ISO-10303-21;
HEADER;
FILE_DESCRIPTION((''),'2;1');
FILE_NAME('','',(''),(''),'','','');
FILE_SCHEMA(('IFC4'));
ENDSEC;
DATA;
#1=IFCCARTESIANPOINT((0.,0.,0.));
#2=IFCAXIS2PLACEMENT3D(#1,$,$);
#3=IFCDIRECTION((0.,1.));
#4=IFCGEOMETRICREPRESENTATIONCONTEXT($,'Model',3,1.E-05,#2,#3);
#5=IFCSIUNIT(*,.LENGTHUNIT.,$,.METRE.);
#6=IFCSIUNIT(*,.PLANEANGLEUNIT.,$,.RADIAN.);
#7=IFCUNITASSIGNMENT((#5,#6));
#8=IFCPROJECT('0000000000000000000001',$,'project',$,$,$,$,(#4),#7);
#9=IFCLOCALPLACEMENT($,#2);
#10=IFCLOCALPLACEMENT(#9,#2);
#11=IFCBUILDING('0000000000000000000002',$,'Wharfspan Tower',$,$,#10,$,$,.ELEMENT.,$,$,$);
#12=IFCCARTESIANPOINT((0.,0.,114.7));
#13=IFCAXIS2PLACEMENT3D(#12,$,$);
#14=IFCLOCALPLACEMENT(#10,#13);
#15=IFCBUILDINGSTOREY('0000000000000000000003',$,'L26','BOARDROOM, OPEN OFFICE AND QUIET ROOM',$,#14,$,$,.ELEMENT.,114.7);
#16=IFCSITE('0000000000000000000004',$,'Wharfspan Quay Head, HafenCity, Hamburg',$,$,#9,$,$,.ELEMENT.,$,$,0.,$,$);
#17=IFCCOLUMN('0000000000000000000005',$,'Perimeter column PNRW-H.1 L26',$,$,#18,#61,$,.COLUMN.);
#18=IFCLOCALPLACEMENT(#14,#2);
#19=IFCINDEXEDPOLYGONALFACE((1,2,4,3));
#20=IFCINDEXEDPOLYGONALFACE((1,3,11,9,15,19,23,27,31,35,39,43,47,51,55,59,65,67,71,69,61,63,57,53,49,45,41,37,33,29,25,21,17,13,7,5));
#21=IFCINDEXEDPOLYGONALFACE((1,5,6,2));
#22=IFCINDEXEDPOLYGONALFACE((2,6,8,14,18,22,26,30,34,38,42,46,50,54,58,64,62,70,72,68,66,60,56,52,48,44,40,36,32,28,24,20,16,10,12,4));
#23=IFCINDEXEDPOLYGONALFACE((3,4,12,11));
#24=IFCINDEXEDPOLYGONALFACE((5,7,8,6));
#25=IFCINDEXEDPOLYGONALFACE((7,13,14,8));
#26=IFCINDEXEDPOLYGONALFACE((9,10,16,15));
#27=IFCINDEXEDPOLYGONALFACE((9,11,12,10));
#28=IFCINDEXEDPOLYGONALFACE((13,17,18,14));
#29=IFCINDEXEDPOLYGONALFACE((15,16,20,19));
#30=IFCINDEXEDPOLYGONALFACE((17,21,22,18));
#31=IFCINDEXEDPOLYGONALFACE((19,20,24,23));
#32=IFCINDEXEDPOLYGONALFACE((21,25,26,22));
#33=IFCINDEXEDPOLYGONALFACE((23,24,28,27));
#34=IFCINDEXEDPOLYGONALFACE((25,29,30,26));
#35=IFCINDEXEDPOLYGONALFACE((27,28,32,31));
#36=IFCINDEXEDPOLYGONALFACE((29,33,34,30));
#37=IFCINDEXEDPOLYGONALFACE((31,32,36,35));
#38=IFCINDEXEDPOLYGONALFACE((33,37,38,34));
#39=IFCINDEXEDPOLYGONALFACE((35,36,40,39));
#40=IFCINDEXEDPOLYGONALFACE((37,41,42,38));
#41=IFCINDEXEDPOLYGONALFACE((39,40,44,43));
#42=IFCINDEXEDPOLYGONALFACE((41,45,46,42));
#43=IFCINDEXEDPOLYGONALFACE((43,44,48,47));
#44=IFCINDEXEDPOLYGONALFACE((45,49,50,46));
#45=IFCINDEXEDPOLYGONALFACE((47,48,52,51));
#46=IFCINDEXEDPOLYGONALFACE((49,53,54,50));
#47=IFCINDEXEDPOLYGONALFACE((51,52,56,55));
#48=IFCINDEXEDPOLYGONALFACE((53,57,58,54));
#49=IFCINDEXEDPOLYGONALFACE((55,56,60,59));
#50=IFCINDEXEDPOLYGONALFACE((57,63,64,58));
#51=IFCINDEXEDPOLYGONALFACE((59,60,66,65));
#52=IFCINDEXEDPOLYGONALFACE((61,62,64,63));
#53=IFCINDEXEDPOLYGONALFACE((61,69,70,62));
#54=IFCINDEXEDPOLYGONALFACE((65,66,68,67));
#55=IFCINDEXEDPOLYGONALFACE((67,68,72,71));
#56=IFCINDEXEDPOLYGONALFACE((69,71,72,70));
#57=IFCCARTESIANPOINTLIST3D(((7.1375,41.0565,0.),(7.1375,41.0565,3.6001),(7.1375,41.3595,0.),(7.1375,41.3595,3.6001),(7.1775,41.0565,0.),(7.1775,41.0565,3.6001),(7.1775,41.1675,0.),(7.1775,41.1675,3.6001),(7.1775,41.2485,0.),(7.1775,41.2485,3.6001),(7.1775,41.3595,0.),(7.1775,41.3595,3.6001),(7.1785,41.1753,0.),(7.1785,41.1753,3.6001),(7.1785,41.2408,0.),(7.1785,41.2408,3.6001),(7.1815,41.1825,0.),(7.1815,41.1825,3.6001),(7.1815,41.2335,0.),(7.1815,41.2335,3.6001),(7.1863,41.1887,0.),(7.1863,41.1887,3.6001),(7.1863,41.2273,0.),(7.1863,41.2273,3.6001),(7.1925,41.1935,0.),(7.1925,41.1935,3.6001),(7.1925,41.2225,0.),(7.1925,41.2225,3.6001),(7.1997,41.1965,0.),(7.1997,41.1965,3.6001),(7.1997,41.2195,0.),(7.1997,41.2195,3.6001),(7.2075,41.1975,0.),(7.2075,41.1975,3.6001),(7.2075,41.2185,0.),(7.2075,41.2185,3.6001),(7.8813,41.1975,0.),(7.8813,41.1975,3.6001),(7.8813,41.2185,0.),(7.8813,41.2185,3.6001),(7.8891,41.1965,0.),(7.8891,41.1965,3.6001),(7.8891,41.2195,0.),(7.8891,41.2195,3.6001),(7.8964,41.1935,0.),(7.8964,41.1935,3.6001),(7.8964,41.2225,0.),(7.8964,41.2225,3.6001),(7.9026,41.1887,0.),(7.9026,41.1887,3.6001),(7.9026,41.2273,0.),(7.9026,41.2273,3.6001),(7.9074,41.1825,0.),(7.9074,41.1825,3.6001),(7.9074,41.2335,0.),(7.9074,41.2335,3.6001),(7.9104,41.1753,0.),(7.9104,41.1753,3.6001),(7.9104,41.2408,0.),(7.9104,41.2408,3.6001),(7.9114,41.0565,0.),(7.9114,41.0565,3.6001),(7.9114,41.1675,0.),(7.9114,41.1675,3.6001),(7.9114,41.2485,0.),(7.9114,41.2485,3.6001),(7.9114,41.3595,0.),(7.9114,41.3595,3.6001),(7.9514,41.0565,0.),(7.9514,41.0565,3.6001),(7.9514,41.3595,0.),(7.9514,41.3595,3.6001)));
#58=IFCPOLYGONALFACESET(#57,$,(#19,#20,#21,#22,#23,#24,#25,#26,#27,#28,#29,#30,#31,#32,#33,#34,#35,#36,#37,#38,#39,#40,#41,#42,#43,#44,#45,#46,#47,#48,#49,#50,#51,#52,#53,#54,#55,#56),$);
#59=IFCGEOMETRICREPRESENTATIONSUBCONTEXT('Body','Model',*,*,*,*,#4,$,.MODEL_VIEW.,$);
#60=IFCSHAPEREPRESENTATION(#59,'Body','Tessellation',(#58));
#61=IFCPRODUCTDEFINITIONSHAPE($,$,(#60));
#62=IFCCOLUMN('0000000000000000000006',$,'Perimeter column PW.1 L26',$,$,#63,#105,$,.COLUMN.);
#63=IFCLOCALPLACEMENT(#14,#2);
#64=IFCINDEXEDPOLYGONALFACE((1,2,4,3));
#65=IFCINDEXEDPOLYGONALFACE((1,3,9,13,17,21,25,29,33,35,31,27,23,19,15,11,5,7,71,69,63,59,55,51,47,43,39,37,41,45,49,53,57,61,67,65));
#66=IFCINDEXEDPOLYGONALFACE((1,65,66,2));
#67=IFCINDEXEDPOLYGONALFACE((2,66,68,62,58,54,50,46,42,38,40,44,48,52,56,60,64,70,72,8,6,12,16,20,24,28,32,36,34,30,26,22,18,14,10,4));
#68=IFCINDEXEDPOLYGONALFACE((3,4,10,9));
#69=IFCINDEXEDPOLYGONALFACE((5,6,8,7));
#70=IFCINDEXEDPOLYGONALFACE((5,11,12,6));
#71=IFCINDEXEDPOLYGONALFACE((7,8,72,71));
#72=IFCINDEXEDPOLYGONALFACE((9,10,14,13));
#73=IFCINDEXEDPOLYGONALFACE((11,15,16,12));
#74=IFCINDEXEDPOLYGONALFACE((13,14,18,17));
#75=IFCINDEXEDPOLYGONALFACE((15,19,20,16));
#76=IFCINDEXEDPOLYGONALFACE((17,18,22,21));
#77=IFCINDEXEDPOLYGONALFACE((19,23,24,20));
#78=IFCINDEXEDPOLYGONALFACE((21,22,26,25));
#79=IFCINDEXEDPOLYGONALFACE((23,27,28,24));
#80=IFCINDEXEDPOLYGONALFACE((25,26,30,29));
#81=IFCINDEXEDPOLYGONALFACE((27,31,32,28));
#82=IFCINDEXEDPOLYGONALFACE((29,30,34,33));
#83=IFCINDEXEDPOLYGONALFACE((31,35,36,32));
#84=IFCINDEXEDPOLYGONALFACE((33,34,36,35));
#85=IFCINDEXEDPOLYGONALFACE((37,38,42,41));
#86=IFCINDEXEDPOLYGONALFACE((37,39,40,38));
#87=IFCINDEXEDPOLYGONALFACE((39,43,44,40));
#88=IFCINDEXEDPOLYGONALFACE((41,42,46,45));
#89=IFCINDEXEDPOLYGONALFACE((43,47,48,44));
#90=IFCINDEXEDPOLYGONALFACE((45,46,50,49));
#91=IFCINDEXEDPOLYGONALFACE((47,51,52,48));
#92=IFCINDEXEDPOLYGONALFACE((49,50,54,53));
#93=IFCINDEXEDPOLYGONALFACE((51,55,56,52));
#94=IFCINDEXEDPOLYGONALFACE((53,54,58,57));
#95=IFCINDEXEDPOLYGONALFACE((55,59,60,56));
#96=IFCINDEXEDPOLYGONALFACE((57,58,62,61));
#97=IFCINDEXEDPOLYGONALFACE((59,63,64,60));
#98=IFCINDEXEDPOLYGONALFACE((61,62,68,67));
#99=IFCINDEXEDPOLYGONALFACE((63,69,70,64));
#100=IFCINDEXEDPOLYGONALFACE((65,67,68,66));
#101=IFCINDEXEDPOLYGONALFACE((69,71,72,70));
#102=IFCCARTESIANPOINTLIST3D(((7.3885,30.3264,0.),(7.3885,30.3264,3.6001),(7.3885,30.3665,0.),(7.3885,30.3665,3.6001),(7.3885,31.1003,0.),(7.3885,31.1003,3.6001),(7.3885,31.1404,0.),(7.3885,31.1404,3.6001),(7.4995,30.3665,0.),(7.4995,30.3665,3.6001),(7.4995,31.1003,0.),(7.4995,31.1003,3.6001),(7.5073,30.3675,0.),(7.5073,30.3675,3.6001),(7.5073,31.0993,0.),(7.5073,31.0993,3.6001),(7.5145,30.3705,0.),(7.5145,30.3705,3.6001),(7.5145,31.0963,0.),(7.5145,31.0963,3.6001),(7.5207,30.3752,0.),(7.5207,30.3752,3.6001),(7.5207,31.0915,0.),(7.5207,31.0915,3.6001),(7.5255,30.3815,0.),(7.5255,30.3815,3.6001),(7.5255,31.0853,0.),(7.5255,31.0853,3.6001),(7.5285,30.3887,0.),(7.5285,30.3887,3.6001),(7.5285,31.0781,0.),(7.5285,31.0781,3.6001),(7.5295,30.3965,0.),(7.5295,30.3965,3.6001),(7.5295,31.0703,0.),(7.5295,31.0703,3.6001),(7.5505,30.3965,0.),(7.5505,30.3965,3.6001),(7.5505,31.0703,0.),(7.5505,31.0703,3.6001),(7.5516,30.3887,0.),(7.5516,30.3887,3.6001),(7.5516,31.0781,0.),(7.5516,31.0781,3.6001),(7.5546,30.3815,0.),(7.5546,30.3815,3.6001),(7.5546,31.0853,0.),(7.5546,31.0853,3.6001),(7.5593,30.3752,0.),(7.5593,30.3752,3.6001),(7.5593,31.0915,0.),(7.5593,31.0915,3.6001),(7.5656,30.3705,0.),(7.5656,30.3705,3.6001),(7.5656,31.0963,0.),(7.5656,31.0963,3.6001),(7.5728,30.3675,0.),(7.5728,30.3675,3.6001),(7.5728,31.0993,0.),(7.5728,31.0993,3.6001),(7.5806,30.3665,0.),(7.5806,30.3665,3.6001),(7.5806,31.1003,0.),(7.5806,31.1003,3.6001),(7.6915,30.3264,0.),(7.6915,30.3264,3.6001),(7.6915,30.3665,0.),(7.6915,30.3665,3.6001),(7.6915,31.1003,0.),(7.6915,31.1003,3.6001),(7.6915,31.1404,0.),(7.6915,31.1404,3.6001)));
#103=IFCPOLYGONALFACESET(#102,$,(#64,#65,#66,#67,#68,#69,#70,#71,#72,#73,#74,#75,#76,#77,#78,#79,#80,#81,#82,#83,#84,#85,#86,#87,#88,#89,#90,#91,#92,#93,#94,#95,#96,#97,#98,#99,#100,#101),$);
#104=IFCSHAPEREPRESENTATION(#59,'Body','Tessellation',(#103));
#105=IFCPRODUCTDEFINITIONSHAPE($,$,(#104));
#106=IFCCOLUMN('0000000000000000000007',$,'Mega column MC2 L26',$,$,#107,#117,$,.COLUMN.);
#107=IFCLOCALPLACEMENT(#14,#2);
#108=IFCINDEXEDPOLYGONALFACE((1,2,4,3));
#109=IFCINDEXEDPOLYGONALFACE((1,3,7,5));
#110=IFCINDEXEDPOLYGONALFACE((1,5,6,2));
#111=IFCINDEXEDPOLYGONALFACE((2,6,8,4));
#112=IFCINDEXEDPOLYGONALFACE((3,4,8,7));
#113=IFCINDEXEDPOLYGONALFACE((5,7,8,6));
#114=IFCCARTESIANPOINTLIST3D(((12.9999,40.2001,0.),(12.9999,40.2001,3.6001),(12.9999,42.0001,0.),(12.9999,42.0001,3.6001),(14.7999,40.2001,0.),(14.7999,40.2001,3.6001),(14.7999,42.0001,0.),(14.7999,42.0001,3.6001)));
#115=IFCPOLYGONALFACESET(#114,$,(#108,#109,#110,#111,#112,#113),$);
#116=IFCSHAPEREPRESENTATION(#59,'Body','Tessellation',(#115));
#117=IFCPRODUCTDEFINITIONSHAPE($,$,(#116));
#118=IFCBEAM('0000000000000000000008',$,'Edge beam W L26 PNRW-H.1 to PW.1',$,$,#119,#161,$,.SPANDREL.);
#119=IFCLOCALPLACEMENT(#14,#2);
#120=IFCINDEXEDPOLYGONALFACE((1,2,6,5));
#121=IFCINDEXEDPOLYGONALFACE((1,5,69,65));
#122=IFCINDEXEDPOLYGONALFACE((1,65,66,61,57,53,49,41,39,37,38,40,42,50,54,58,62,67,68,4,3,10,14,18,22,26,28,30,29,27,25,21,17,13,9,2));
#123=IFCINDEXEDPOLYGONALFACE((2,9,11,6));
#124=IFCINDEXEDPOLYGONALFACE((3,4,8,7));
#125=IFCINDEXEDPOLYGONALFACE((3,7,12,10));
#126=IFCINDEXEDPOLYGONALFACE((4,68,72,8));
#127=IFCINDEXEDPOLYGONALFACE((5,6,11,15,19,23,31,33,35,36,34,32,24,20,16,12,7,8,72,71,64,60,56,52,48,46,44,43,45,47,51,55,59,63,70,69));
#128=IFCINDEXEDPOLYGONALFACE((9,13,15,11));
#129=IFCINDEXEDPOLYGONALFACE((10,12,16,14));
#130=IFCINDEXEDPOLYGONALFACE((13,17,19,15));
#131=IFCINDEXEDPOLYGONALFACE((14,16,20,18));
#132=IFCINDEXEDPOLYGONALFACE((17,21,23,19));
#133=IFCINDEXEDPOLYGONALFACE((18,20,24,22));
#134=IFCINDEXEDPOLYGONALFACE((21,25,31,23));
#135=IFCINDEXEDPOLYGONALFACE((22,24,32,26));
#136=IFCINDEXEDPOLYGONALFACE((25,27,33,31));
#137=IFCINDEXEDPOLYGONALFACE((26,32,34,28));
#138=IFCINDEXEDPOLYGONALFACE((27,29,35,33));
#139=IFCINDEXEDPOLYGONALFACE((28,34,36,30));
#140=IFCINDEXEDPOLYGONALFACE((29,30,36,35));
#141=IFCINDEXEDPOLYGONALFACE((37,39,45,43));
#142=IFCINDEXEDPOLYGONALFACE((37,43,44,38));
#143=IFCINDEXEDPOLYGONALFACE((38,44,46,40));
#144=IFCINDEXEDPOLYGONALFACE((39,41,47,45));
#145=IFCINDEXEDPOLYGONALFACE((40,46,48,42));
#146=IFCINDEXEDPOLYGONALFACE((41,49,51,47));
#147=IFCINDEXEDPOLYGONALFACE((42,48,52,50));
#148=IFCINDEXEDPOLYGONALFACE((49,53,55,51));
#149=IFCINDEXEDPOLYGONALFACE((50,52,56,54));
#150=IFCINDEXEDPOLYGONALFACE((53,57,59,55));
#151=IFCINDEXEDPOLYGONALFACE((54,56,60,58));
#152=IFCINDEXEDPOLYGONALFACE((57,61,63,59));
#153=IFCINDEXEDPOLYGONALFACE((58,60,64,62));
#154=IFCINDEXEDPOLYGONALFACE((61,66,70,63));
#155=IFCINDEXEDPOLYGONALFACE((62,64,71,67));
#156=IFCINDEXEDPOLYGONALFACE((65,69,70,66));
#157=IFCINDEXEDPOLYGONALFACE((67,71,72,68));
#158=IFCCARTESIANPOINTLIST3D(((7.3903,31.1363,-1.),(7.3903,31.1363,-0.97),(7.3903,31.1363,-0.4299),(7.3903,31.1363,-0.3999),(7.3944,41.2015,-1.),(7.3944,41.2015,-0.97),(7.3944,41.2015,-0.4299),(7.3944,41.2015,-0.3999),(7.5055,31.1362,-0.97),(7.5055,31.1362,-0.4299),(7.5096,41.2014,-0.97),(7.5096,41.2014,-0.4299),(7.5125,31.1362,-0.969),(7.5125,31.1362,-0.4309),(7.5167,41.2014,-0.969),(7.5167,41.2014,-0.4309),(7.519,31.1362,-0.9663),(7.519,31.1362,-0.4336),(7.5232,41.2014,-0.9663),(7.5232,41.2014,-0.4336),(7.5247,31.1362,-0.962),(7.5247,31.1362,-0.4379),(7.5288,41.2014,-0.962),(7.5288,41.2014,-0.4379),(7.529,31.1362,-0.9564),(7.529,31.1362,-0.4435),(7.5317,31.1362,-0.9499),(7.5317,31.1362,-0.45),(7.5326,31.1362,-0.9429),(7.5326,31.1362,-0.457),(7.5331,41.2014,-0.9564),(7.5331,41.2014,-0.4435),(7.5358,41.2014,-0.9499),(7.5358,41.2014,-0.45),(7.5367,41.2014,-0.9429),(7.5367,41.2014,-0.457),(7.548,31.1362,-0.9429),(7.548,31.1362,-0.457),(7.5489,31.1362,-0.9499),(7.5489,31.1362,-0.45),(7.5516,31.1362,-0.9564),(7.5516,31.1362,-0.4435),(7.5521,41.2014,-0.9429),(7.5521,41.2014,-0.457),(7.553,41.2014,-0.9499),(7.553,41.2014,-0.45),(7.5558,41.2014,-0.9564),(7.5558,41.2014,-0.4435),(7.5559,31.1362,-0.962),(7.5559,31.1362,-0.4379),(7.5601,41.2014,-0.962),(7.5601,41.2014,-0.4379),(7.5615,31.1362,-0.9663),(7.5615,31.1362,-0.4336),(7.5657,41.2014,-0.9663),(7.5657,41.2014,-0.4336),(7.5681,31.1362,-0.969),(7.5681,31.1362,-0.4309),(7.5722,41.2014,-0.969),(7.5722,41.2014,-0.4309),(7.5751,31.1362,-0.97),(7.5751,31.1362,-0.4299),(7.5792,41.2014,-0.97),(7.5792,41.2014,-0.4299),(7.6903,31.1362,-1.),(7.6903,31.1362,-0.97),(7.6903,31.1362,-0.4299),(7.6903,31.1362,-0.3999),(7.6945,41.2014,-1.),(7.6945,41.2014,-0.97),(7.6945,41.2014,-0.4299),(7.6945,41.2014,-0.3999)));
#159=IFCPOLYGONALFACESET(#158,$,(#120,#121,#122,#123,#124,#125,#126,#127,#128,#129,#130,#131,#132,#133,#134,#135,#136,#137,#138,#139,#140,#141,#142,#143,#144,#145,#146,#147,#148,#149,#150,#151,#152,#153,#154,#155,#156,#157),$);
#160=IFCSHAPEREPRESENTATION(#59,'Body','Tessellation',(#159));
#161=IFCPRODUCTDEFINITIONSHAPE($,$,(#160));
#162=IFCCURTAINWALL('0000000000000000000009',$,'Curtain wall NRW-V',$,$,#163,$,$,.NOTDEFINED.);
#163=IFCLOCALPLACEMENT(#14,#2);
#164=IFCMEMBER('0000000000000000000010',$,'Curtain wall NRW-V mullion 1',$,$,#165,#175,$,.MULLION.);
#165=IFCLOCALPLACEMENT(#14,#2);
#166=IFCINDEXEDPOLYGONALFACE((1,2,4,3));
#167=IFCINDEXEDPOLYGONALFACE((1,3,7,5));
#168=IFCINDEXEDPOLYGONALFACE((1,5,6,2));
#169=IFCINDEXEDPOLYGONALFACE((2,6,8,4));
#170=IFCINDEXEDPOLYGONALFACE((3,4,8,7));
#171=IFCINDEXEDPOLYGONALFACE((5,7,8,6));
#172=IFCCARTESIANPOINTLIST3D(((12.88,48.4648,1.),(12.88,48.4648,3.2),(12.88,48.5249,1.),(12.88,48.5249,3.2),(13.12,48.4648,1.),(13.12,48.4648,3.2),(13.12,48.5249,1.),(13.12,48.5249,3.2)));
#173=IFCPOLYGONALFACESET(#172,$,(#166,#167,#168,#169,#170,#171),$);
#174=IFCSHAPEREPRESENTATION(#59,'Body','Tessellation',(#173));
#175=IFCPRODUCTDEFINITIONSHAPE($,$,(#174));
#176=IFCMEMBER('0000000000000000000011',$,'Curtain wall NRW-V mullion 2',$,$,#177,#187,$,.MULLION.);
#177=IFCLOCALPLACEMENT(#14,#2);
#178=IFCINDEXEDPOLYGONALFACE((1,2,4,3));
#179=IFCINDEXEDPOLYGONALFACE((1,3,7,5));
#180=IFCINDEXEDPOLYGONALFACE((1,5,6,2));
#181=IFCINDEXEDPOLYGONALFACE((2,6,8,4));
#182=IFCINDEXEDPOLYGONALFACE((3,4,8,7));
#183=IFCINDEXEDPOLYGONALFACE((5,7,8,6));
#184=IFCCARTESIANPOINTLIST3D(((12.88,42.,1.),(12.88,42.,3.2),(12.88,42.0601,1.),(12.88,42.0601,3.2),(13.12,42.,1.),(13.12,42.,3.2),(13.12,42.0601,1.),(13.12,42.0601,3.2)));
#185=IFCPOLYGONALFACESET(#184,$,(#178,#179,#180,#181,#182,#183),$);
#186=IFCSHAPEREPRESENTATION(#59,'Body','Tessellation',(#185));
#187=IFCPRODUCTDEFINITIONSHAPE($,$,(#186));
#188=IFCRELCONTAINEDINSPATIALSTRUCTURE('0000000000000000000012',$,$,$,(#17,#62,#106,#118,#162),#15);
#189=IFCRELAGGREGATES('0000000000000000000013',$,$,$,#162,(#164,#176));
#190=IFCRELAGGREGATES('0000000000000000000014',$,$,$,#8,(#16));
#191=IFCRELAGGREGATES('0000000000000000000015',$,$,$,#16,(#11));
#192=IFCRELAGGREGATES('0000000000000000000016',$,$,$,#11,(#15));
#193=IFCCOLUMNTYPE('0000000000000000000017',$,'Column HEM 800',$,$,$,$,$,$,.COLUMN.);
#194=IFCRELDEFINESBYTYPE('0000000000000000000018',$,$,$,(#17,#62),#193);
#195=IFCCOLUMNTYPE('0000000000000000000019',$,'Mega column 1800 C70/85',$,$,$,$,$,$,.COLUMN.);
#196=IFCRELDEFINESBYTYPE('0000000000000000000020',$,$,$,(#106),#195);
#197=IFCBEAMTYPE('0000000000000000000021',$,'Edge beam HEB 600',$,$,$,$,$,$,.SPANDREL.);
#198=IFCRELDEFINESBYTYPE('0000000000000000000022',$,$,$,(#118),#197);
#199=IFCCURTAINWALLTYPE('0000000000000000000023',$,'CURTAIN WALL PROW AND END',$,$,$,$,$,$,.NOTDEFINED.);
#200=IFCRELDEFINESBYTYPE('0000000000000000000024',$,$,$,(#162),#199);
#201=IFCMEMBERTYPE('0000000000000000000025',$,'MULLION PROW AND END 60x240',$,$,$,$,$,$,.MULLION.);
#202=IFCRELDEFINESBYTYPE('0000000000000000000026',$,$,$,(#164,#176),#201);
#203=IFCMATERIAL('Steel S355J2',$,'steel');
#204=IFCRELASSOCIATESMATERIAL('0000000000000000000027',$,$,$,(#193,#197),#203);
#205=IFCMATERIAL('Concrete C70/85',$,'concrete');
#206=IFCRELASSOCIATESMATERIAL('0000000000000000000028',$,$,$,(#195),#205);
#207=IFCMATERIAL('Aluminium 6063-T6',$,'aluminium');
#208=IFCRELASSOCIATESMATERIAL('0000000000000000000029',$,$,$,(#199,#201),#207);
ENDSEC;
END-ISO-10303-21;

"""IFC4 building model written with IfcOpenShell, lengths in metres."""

from ifc_helpers import new_model, si_unit, direction, frame, origin, origin_2d, place, context, subcontext, project, spatial, rectangle, i_section, extrude, material, material_profile, profile_set, type_object, element, aggregate, save


model = new_model("IFC4")

# Units and contexts
model_context = context("Model", 3, precision=1e-05, world=origin(), true_north=direction((0.0, 1.0)))
body_context = subcontext(model_context, "Body", "Model", "MODEL_VIEW")
ifc_project = project(units=[si_unit("LENGTHUNIT", "METRE"), si_unit("PLANEANGLEUNIT", "RADIAN")], contexts=[model_context])

# Site, building, storey
site_placement = place(None, origin())
site = spatial("IfcSite", under=ifc_project, at=site_placement, Name="Wharfspan Quay Head, HafenCity, Hamburg", CompositionType="ELEMENT", RefElevation=0.0)
building_placement = place(site_placement, origin())
building = spatial("IfcBuilding", under=site, at=building_placement, Name="Wharfspan Tower", CompositionType="ELEMENT")
storey_placement = place(building_placement, frame((0.0, 0.0, 114.7)))
storey = spatial("IfcBuildingStorey", under=building, at=storey_placement, Name="L26", Description="BOARDROOM, OPEN OFFICE AND QUIET ROOM", CompositionType="ELEMENT", Elevation=114.7)

# Columns
ifc_material_1 = material(Name="Steel S355J2", Category="steel")
ifc_material_profile_1 = material_profile(ifc_material_1, i_section(OverallWidth=0.303, OverallDepth=0.814, WebThickness=0.021, FlangeThickness=0.04, FilletRadius=0.03, at=origin_2d()))
ifc_profile_set_1 = profile_set([ifc_material_profile_1], Name="Steel S355J2")
column_type_1 = type_object("IfcColumnType", Name="Column HEM 800", PredefinedType="COLUMN", material=ifc_profile_set_1)
for number, where, z_axis, x_axis, name in (
    (1, (7.5444, 41.208, 0.0), (0.0, 0.0, 1.0), (0.0, 1.0, 0.0), "Perimeter column PNRW-H.1 L26"),
    (2, (7.54, 30.7334, 0.0), (0.0, 0.0, 1.0), (-1.0, 0.0, 0.0), "Perimeter column PW.1 L26"),
):
    element("IfcColumn", number, at=place(storey_placement, frame(where, z_axis=z_axis, x_axis=x_axis)), inside=storey, type_object=column_type_1, Name=name, PredefinedType="COLUMN", context=body_context, shape_type="SweptSolid", body=[
        extrude(i_section(OverallWidth=0.303, OverallDepth=0.814, WebThickness=0.021, FlangeThickness=0.04, FilletRadius=0.03, at=origin_2d()), origin(), (0.0, 0.0, 1.0), 3.6001),
    ])
ifc_material_2 = material(Name="Concrete C70/85", Category="concrete")
ifc_material_profile_2 = material_profile(ifc_material_2, rectangle(XDim=1.8, YDim=1.8, at=origin_2d()))
ifc_profile_set_2 = profile_set([ifc_material_profile_2], Name="Concrete C70/85")
column_type_2 = type_object("IfcColumnType", Name="Mega column 1800 C70/85", PredefinedType="COLUMN", material=ifc_profile_set_2)
column_placement = place(storey_placement, frame((13.8999, 41.1001, 0.0), z_axis=(0.0, 0.0, 1.0), x_axis=(1.0, 0.0, 0.0)))
element("IfcColumn", 3, at=column_placement, inside=storey, type_object=column_type_2, Name="Mega column MC2 L26", PredefinedType="COLUMN", context=body_context, shape_type="SweptSolid", body=[
    extrude(rectangle(XDim=1.8, YDim=1.8, at=origin_2d()), origin(), (0.0, 0.0, 1.0), 3.6001),
])

# Beam
ifc_material_profile_3 = material_profile(ifc_material_1, i_section(OverallWidth=0.3, OverallDepth=0.6001, WebThickness=0.0154, FlangeThickness=0.03, FilletRadius=0.0271, at=origin_2d()))
ifc_profile_set_3 = profile_set([ifc_material_profile_3], Name="Steel S355J2")
beam_type = type_object("IfcBeamType", Name="Edge beam HEB 600", PredefinedType="SPANDREL", material=ifc_profile_set_3)
beam_placement = place(storey_placement, frame((7.5444, 41.2014, -0.7), z_axis=(-0.000412, -1.0, 0.0), x_axis=(1.0, -0.000412, 0.0)))
element("IfcBeam", 4, at=beam_placement, inside=storey, type_object=beam_type, Name="Edge beam W L26 PNRW-H.1 to PW.1", PredefinedType="SPANDREL", context=body_context, shape_type="SweptSolid", body=[
    extrude(i_section(OverallWidth=0.3, OverallDepth=0.6001, WebThickness=0.0154, FlangeThickness=0.03, FilletRadius=0.0271, at=origin_2d()), origin(), (0.0, 0.0, 1.0), 10.0652),
])

# Curtain wall, members
ifc_material_3 = material(Name="Aluminium 6063-T6", Category="aluminium")
curtain_wall_type = type_object("IfcCurtainWallType", Name="CURTAIN WALL PROW AND END", PredefinedType="NOTDEFINED", material=ifc_material_3)
curtain_wall_1_placement = place(storey_placement, origin())
curtain_wall_1 = element("IfcCurtainWall", 5, at=curtain_wall_1_placement, inside=storey, type_object=curtain_wall_type, Name="Curtain wall NRW-V", PredefinedType="NOTDEFINED")
ifc_material_profile_4 = material_profile(ifc_material_3, rectangle(XDim=0.24, YDim=0.0601, at=origin_2d()))
ifc_profile_set_4 = profile_set([ifc_material_profile_4], Name="Aluminium 6063-T6")
member_type_1 = type_object("IfcMemberType", Name="MULLION PROW AND END 60x240", PredefinedType="MULLION", material=ifc_profile_set_4)
member_1_placement = place(storey_placement, frame((13.0, 48.4949, 1.0), z_axis=(0.0, 0.0, 1.0), x_axis=(1.0, 0.0, 0.0)))
member_1 = element("IfcMember", 6, at=member_1_placement, type_object=member_type_1, Name="Curtain wall NRW-V mullion 1", PredefinedType="MULLION", context=body_context, shape_type="SweptSolid", body=[
    extrude(rectangle(XDim=0.24, YDim=0.0601, at=origin_2d()), origin(), (0.0, 0.0, 1.0), 2.2),
])
member_2_placement = place(storey_placement, frame((13.0, 42.03, 1.0), z_axis=(0.0, 0.0, 1.0), x_axis=(1.0, 0.0, 0.0)))
member_2 = element("IfcMember", 7, at=member_2_placement, type_object=member_type_1, Name="Curtain wall NRW-V mullion 2", PredefinedType="MULLION", context=body_context, shape_type="SweptSolid", body=[
    extrude(rectangle(XDim=0.24, YDim=0.0601, at=origin_2d()), origin(), (0.0, 0.0, 1.0), 2.2),
])

aggregate(curtain_wall_1, [member_1, member_2])

save(model, "model.ifc")
